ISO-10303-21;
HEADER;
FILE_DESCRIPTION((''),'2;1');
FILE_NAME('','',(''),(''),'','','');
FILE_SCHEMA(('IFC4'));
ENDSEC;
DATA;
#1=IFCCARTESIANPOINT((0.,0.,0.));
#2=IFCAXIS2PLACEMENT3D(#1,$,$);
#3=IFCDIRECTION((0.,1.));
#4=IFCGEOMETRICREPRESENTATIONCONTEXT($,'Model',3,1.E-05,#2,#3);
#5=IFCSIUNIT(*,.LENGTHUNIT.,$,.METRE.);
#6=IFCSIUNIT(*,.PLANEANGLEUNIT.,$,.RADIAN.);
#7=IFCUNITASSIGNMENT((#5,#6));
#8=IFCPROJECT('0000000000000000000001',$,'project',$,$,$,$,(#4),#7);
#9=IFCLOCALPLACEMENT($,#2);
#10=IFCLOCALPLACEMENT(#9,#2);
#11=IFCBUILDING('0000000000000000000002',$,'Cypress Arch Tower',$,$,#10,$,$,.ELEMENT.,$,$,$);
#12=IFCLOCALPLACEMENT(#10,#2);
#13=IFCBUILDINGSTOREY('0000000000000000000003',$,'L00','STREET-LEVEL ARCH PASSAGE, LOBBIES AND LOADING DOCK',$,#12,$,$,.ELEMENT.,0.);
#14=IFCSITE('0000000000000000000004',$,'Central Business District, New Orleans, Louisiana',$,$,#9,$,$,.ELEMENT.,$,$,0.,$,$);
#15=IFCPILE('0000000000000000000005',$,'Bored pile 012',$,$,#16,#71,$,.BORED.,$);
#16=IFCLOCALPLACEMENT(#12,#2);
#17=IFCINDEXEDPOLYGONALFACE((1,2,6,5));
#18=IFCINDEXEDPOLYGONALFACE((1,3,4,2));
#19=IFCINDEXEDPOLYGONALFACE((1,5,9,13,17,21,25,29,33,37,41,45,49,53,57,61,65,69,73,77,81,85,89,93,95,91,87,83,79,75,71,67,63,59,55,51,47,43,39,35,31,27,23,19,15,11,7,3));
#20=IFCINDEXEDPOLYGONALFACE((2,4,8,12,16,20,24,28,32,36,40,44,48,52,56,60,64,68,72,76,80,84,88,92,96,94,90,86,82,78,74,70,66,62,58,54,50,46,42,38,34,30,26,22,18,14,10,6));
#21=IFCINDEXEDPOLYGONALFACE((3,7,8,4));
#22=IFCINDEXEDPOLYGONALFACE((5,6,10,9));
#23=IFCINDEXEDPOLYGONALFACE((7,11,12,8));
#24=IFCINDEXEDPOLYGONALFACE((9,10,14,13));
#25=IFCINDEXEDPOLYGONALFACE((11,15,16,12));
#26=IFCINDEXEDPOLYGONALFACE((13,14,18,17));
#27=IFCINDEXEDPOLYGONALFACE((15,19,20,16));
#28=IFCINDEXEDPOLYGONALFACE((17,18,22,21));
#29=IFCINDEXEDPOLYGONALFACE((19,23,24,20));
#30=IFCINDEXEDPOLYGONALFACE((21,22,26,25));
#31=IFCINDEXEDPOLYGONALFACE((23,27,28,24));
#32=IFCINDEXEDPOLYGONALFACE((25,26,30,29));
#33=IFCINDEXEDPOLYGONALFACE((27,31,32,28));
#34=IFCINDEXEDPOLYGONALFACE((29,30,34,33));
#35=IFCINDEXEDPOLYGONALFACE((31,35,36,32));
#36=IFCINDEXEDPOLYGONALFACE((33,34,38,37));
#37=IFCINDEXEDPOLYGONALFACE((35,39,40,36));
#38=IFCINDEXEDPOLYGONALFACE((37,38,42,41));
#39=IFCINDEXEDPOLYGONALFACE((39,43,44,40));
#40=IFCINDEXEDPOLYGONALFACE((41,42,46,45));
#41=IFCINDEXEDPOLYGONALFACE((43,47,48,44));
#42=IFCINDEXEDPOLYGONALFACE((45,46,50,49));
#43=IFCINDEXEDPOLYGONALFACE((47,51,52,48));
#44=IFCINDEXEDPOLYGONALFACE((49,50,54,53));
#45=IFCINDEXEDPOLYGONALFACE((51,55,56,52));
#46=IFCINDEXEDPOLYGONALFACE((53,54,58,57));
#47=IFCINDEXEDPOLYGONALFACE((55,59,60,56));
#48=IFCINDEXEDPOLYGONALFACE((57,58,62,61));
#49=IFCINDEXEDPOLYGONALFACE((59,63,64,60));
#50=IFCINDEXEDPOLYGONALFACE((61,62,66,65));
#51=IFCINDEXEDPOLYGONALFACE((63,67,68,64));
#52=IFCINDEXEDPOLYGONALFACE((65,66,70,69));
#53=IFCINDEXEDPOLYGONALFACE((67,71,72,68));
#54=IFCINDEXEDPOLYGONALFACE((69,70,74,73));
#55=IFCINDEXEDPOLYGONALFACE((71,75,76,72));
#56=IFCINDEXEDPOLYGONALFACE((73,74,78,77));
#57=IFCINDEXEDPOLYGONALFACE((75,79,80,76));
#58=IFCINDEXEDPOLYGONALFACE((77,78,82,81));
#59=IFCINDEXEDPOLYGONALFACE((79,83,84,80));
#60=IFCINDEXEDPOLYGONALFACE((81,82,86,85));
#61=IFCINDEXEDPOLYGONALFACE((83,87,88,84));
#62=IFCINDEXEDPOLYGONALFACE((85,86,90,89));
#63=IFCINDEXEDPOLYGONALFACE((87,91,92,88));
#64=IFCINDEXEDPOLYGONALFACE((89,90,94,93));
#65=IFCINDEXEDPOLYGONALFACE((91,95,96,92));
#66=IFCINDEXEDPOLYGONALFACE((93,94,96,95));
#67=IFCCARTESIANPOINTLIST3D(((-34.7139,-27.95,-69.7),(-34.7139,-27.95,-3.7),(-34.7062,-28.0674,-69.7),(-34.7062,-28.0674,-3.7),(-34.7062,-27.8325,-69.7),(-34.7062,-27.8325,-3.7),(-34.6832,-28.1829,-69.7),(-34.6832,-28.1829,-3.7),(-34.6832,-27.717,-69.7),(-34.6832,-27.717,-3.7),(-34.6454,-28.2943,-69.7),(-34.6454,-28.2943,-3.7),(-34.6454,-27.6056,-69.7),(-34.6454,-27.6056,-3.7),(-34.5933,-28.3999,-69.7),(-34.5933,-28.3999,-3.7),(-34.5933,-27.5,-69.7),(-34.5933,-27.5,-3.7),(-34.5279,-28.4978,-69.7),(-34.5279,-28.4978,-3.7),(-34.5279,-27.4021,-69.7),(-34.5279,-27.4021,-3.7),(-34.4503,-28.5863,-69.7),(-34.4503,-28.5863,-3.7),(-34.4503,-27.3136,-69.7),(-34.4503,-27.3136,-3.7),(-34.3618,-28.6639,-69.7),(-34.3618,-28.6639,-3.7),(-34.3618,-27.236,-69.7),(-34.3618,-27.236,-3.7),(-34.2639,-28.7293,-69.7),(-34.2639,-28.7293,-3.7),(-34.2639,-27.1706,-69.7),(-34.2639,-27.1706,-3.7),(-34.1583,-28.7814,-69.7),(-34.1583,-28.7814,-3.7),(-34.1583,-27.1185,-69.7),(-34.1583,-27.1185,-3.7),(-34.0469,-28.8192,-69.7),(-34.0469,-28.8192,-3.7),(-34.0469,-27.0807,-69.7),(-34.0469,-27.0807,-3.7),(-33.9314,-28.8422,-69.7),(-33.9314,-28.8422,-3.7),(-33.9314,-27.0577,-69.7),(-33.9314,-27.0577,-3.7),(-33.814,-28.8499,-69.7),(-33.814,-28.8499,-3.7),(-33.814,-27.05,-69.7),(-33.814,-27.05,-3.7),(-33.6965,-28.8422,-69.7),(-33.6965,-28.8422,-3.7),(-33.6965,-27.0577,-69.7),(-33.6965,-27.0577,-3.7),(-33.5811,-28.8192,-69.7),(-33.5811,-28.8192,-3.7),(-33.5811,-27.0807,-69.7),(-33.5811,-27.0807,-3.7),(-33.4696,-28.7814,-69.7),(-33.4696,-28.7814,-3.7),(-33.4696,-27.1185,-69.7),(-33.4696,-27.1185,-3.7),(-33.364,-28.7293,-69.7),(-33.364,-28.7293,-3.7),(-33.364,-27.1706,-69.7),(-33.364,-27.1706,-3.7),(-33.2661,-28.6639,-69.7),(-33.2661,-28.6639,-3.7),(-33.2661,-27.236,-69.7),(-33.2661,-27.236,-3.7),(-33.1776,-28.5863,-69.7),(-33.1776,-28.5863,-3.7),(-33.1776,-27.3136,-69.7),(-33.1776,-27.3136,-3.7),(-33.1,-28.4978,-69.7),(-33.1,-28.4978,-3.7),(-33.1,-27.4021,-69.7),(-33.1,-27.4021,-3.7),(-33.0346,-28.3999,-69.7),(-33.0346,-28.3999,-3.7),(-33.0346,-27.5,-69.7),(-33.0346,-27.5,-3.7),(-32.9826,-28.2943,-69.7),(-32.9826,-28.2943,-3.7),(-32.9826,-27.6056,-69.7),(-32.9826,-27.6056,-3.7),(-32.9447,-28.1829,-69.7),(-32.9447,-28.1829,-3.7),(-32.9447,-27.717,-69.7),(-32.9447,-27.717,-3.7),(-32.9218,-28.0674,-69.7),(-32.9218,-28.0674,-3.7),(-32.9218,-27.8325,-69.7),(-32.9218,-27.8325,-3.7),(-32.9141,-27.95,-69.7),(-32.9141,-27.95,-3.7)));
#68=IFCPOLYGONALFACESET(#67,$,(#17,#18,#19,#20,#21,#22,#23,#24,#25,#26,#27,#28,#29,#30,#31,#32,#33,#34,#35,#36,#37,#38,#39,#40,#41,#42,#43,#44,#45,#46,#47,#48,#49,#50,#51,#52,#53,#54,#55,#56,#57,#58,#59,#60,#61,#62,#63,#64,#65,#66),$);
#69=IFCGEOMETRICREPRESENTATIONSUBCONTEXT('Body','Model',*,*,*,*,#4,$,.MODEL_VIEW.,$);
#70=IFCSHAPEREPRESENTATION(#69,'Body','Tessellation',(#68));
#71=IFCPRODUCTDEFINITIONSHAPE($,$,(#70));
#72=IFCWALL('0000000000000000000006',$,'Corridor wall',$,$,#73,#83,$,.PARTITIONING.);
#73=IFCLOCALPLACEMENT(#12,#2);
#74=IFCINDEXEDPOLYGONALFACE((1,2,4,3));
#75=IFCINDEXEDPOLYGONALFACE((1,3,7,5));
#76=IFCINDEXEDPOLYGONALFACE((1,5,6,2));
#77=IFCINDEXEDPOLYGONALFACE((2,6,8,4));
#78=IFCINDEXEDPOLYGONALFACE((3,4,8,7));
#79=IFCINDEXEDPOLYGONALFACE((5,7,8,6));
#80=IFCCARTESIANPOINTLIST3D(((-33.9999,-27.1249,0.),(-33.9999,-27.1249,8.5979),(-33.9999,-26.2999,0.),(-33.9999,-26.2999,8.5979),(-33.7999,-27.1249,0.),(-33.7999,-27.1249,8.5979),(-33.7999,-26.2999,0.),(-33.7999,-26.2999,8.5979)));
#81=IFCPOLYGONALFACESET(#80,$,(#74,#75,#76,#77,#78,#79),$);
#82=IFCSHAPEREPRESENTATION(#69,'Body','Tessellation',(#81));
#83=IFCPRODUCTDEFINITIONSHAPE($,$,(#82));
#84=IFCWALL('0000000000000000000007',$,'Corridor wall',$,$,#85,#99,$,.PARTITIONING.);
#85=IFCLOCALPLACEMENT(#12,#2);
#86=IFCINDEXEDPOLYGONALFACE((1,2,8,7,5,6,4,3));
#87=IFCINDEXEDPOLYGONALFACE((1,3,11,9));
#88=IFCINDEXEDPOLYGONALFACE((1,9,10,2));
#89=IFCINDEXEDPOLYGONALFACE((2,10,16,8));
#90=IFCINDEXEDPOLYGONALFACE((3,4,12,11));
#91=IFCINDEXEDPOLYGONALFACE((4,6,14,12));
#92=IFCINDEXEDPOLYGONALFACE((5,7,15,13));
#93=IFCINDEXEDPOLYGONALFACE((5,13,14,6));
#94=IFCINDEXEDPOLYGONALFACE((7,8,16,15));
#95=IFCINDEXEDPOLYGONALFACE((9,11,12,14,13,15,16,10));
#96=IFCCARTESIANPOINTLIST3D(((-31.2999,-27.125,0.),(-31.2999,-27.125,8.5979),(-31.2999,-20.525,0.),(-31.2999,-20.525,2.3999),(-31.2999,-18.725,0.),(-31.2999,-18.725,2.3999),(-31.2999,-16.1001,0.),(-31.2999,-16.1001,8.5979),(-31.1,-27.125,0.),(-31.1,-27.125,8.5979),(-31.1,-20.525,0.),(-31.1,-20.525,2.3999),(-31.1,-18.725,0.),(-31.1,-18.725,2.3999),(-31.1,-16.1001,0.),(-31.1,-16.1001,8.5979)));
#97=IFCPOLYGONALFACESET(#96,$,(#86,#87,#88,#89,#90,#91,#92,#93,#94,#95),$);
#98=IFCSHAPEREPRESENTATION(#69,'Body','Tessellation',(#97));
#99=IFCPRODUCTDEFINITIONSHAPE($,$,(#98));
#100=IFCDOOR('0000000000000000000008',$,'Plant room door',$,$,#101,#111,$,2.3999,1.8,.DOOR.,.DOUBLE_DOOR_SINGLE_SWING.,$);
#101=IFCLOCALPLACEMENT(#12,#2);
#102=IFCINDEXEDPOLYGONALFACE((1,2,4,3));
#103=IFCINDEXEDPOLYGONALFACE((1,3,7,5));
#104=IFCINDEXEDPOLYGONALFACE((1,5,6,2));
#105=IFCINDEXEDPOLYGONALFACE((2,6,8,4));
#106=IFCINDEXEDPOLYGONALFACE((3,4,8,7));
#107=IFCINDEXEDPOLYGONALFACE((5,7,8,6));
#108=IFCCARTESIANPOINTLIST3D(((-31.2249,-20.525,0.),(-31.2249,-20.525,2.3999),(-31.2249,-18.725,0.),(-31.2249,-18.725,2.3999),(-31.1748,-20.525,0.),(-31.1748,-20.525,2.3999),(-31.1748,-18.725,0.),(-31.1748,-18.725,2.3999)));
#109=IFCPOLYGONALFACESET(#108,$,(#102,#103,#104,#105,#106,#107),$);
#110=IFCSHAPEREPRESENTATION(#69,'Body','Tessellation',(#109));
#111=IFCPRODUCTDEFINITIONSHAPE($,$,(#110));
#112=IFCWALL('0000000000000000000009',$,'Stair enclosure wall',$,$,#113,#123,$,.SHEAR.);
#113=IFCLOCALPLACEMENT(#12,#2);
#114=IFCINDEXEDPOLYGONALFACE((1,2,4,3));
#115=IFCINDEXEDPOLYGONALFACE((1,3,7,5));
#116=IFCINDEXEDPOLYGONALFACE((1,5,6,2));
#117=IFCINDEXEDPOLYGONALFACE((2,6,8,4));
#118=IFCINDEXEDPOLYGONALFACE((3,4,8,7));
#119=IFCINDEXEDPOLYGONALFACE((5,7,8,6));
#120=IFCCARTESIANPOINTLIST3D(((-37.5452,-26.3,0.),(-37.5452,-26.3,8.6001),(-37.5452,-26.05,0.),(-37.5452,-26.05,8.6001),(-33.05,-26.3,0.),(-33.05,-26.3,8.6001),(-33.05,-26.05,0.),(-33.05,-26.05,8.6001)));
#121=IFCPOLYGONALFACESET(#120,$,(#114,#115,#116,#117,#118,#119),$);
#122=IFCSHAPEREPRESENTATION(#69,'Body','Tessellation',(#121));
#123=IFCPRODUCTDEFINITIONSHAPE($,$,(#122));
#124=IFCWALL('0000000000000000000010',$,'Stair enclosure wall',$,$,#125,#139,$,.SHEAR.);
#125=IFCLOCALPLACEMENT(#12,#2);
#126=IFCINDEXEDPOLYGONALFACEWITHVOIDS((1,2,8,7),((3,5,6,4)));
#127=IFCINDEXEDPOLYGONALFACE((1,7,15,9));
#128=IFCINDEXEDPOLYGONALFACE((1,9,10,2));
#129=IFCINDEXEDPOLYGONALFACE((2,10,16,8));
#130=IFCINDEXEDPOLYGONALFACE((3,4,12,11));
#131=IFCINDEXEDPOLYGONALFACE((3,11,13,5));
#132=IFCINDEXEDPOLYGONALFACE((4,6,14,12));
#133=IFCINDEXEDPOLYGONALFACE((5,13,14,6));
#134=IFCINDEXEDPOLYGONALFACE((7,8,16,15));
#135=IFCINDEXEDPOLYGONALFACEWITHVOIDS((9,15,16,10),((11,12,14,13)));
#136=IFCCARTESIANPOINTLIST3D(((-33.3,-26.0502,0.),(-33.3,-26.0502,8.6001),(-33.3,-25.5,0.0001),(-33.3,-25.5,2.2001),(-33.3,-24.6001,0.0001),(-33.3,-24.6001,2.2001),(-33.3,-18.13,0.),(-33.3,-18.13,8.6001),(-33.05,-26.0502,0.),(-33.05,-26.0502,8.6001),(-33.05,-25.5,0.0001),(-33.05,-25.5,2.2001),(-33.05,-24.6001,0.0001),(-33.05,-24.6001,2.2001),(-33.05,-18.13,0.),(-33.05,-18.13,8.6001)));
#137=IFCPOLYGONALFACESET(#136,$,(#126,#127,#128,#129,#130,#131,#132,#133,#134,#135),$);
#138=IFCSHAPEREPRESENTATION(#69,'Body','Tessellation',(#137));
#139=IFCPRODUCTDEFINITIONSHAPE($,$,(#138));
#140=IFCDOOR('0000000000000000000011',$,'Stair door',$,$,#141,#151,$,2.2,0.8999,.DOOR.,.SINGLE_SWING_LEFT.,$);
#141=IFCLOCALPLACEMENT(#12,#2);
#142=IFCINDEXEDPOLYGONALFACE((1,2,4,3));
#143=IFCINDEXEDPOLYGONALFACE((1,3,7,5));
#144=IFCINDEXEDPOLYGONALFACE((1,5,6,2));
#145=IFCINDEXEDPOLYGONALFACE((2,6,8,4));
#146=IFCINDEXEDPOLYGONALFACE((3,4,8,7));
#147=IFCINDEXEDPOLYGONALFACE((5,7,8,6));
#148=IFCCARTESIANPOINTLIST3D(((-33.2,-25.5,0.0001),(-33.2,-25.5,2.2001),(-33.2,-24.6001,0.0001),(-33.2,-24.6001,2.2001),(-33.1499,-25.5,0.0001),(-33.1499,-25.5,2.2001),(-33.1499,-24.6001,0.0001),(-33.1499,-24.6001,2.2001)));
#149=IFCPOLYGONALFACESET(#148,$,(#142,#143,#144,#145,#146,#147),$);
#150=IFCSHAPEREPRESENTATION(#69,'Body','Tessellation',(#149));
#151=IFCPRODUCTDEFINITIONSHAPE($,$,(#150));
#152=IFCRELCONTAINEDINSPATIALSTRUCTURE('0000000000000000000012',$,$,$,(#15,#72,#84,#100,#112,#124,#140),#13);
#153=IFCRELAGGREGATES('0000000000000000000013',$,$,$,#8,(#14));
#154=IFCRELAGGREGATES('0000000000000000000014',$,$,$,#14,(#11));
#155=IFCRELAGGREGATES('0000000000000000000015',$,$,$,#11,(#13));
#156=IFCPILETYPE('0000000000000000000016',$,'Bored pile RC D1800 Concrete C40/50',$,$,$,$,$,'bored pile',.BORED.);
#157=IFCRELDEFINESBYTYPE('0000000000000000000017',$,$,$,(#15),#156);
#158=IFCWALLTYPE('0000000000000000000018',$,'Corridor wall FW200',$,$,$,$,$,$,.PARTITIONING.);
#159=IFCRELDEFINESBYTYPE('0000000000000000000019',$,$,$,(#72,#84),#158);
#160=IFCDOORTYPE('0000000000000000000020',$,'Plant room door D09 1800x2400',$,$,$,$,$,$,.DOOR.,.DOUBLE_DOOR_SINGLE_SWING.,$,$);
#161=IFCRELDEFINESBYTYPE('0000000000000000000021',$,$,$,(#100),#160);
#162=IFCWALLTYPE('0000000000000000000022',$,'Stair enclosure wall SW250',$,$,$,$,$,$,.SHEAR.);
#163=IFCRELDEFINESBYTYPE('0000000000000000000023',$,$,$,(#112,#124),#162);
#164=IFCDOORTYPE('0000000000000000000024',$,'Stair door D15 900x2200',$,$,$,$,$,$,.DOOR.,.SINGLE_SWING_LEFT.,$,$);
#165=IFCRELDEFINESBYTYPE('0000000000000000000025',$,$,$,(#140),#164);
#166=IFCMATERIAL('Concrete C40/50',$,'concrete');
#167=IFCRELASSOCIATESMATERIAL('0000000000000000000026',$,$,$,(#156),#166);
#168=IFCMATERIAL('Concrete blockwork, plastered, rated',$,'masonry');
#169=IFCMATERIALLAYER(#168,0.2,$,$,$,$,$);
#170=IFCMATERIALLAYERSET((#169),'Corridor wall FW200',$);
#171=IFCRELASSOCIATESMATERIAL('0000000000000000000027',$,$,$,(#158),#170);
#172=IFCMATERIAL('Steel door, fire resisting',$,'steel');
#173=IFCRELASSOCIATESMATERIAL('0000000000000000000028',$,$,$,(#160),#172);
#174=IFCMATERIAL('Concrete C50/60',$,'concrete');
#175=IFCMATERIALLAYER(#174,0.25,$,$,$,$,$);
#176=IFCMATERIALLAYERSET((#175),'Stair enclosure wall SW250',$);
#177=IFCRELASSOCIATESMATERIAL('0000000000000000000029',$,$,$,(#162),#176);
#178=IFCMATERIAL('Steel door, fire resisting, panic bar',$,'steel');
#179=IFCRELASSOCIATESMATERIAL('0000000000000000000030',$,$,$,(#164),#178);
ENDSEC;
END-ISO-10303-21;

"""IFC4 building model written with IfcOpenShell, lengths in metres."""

from ifc_helpers import new_model, si_unit, direction, frame, frame_2d, origin, origin_2d, place, context, subcontext, project, spatial, rectangle, circle, extrude, material, layer, layer_set, material_profile, profile_set, type_object, element, fill, save


model = new_model("IFC4")

# Units and contexts
model_context = context("Model", 3, precision=1e-05, world=origin(), true_north=direction((0.0, 1.0)))
body_context = subcontext(model_context, "Body", "Model", "MODEL_VIEW")
ifc_project = project(units=[si_unit("LENGTHUNIT", "METRE"), si_unit("PLANEANGLEUNIT", "RADIAN")], contexts=[model_context])

# Site, building, storey
site_placement = place(None, origin())
site = spatial("IfcSite", under=ifc_project, at=site_placement, Name="Central Business District, New Orleans, Louisiana", CompositionType="ELEMENT", RefElevation=0.0)
building_placement = place(site_placement, origin())
building = spatial("IfcBuilding", under=site, at=building_placement, Name="Cypress Arch Tower", CompositionType="ELEMENT")
storey_placement = place(building_placement, origin())
storey = spatial("IfcBuildingStorey", under=building, at=storey_placement, Name="L00", Description="STREET-LEVEL ARCH PASSAGE, LOBBIES AND LOADING DOCK", CompositionType="ELEMENT", Elevation=0.0)

# Pile
ifc_material_1 = material(Name="Concrete C40/50", Category="concrete")
ifc_material_profile = material_profile(ifc_material_1, circle(Radius=0.8999, at=origin_2d()), Name="RC D1800")
ifc_profile_set = profile_set([ifc_material_profile], Name="Concrete C40/50")
pile_type = type_object("IfcPileType", Name="Bored pile RC D1800 Concrete C40/50", ElementType="bored pile", PredefinedType="BORED", material=ifc_profile_set)
pile_placement = place(storey_placement, frame((-33.814, -27.95, -3.7), z_axis=(0.0, 0.0, -1.0), x_axis=(1.0, 0.0, 0.0)))
element("IfcPile", 1, at=pile_placement, inside=storey, type_object=pile_type, Name="Bored pile 012", PredefinedType="BORED", context=body_context, shape_type="SweptSolid", body=[
    extrude(circle(Radius=0.8999, at=origin_2d()), origin(), (0.0, 0.0, 1.0), 66.0),
])

# Wall
ifc_material_2 = material(Name="Concrete blockwork, plastered, rated", Category="masonry")
ifc_layer_1 = layer(ifc_material_2, 0.2)
ifc_layer_set_1 = layer_set([ifc_layer_1], Name="Corridor wall FW200")
wall_type_1 = type_object("IfcWallType", Name="Corridor wall FW200", PredefinedType="PARTITIONING", material=ifc_layer_set_1)
wall_1_placement = place(storey_placement, frame((-33.8999, -27.125, 0.0), z_axis=(0.0, 0.0, 1.0), x_axis=(0.0, 1.0, 0.0)))
element("IfcWall", 2, at=wall_1_placement, inside=storey, type_object=wall_type_1, Name="Corridor wall", PredefinedType="PARTITIONING", context=body_context, shape_type="SweptSolid", body=[
    extrude(rectangle(XDim=0.825, YDim=0.2, at=frame_2d((0.4126, 0.0))), origin(), (0.0, 0.0, 1.0), 8.5979),
])

# Wall, opening, door
wall_2_placement = place(storey_placement, frame((-31.2, -27.125, 0.0), z_axis=(0.0, 0.0, 1.0), x_axis=(0.0, 1.0, 0.0)))
wall_2 = element("IfcWall", 3, at=wall_2_placement, inside=storey, type_object=wall_type_1, Name="Corridor wall", PredefinedType="PARTITIONING", context=body_context, shape_type="SweptSolid", body=[
    extrude(rectangle(XDim=11.0249, YDim=0.2, at=frame_2d((5.5125, 0.0))), origin(), (0.0, 0.0, 1.0), 8.5979),
])
opening_1_placement = place(wall_2_placement, frame((6.6001, 0.0, 0.0)))
opening_1 = element("IfcOpeningElement", 4, at=opening_1_placement, cuts=wall_2, PredefinedType="OPENING", context=body_context, shape_type="SweptSolid", body=[
    extrude(rectangle(XDim=1.8, YDim=2.3999, at=frame_2d((0.8999, 1.2))), frame((0.0, 0.1099, 0.0), z_axis=(0.0, -1.0, 0.0), x_axis=(1.0, 0.0, 0.0)), (0.0, 0.0, 1.0), 0.22),
])
ifc_material_3 = material(Name="Steel door, fire resisting", Category="steel")
door_type_1 = type_object("IfcDoorType", Name="Plant room door D09 1800x2400", OperationType="DOUBLE_DOOR_SINGLE_SWING", PredefinedType="DOOR", material=ifc_material_3)
door_1_placement = place(opening_1_placement, origin())
door_1 = element("IfcDoor", 5, at=door_1_placement, inside=storey, type_object=door_type_1, Name="Plant room door", OperationType="DOUBLE_DOOR_SINGLE_SWING", OverallHeight=2.3999, OverallWidth=1.8, PredefinedType="DOOR", context=body_context, shape_type="SweptSolid", body=[
    extrude(rectangle(XDim=1.8, YDim=2.3999, at=frame_2d((0.8999, 1.2))), frame((0.0, 0.0249, 0.0), z_axis=(0.0, -1.0, 0.0), x_axis=(1.0, 0.0, 0.0)), (0.0, 0.0, 1.0), 0.05),
])
fill(opening_1, door_1)

# Wall
ifc_material_4 = material(Name="Concrete C50/60", Category="concrete")
ifc_layer_2 = layer(ifc_material_4, 0.25)
ifc_layer_set_2 = layer_set([ifc_layer_2], Name="Stair enclosure wall SW250")
wall_type_2 = type_object("IfcWallType", Name="Stair enclosure wall SW250", PredefinedType="SHEAR", material=ifc_layer_set_2)
wall_3_placement = place(storey_placement, frame((-37.5452, -26.175, 0.0), z_axis=(0.0, 0.0, 1.0), x_axis=(1.0, 0.0, 0.0)))
element("IfcWall", 6, at=wall_3_placement, inside=storey, type_object=wall_type_2, Name="Stair enclosure wall", PredefinedType="SHEAR", context=body_context, shape_type="SweptSolid", body=[
    extrude(rectangle(XDim=4.4951, YDim=0.25, at=frame_2d((2.2476, 0.0))), origin(), (0.0, 0.0, 1.0), 8.6001),
])

# Wall, opening, door
wall_4_placement = place(storey_placement, frame((-33.175, -26.05, 0.0), z_axis=(0.0, 0.0, 1.0), x_axis=(0.0, 1.0, 0.0)))
wall_4 = element("IfcWall", 7, at=wall_4_placement, inside=storey, type_object=wall_type_2, Name="Stair enclosure wall", PredefinedType="SHEAR", context=body_context, shape_type="SweptSolid", body=[
    extrude(rectangle(XDim=7.9202, YDim=0.25, at=frame_2d((3.96, 0.0))), origin(), (0.0, 0.0, 1.0), 8.6001),
])
opening_2_placement = place(wall_4_placement, frame((0.55, 0.0, 0.0)))
opening_2 = element("IfcOpeningElement", 8, at=opening_2_placement, cuts=wall_4, PredefinedType="OPENING", context=body_context, shape_type="SweptSolid", body=[
    extrude(rectangle(XDim=0.8999, YDim=2.2, at=frame_2d((0.45, 1.1001))), frame((0.0, 0.135, 0.0), z_axis=(0.0, -1.0, 0.0), x_axis=(1.0, 0.0, 0.0)), (0.0, 0.0, 1.0), 0.27),
])
ifc_material_5 = material(Name="Steel door, fire resisting, panic bar", Category="steel")
door_type_2 = type_object("IfcDoorType", Name="Stair door D15 900x2200", OperationType="SINGLE_SWING_LEFT", PredefinedType="DOOR", material=ifc_material_5)
door_2_placement = place(opening_2_placement, origin())
door_2 = element("IfcDoor", 9, at=door_2_placement, inside=storey, type_object=door_type_2, Name="Stair door", OperationType="SINGLE_SWING_LEFT", OverallHeight=2.2, OverallWidth=0.8999, PredefinedType="DOOR", context=body_context, shape_type="SweptSolid", body=[
    extrude(rectangle(XDim=0.8999, YDim=2.2, at=frame_2d((0.45, 1.1001))), frame((0.0, 0.0249, 0.0), z_axis=(0.0, -1.0, 0.0), x_axis=(1.0, 0.0, 0.0)), (0.0, 0.0, 1.0), 0.05),
])
fill(opening_2, door_2)

save(model, "model.ifc")
